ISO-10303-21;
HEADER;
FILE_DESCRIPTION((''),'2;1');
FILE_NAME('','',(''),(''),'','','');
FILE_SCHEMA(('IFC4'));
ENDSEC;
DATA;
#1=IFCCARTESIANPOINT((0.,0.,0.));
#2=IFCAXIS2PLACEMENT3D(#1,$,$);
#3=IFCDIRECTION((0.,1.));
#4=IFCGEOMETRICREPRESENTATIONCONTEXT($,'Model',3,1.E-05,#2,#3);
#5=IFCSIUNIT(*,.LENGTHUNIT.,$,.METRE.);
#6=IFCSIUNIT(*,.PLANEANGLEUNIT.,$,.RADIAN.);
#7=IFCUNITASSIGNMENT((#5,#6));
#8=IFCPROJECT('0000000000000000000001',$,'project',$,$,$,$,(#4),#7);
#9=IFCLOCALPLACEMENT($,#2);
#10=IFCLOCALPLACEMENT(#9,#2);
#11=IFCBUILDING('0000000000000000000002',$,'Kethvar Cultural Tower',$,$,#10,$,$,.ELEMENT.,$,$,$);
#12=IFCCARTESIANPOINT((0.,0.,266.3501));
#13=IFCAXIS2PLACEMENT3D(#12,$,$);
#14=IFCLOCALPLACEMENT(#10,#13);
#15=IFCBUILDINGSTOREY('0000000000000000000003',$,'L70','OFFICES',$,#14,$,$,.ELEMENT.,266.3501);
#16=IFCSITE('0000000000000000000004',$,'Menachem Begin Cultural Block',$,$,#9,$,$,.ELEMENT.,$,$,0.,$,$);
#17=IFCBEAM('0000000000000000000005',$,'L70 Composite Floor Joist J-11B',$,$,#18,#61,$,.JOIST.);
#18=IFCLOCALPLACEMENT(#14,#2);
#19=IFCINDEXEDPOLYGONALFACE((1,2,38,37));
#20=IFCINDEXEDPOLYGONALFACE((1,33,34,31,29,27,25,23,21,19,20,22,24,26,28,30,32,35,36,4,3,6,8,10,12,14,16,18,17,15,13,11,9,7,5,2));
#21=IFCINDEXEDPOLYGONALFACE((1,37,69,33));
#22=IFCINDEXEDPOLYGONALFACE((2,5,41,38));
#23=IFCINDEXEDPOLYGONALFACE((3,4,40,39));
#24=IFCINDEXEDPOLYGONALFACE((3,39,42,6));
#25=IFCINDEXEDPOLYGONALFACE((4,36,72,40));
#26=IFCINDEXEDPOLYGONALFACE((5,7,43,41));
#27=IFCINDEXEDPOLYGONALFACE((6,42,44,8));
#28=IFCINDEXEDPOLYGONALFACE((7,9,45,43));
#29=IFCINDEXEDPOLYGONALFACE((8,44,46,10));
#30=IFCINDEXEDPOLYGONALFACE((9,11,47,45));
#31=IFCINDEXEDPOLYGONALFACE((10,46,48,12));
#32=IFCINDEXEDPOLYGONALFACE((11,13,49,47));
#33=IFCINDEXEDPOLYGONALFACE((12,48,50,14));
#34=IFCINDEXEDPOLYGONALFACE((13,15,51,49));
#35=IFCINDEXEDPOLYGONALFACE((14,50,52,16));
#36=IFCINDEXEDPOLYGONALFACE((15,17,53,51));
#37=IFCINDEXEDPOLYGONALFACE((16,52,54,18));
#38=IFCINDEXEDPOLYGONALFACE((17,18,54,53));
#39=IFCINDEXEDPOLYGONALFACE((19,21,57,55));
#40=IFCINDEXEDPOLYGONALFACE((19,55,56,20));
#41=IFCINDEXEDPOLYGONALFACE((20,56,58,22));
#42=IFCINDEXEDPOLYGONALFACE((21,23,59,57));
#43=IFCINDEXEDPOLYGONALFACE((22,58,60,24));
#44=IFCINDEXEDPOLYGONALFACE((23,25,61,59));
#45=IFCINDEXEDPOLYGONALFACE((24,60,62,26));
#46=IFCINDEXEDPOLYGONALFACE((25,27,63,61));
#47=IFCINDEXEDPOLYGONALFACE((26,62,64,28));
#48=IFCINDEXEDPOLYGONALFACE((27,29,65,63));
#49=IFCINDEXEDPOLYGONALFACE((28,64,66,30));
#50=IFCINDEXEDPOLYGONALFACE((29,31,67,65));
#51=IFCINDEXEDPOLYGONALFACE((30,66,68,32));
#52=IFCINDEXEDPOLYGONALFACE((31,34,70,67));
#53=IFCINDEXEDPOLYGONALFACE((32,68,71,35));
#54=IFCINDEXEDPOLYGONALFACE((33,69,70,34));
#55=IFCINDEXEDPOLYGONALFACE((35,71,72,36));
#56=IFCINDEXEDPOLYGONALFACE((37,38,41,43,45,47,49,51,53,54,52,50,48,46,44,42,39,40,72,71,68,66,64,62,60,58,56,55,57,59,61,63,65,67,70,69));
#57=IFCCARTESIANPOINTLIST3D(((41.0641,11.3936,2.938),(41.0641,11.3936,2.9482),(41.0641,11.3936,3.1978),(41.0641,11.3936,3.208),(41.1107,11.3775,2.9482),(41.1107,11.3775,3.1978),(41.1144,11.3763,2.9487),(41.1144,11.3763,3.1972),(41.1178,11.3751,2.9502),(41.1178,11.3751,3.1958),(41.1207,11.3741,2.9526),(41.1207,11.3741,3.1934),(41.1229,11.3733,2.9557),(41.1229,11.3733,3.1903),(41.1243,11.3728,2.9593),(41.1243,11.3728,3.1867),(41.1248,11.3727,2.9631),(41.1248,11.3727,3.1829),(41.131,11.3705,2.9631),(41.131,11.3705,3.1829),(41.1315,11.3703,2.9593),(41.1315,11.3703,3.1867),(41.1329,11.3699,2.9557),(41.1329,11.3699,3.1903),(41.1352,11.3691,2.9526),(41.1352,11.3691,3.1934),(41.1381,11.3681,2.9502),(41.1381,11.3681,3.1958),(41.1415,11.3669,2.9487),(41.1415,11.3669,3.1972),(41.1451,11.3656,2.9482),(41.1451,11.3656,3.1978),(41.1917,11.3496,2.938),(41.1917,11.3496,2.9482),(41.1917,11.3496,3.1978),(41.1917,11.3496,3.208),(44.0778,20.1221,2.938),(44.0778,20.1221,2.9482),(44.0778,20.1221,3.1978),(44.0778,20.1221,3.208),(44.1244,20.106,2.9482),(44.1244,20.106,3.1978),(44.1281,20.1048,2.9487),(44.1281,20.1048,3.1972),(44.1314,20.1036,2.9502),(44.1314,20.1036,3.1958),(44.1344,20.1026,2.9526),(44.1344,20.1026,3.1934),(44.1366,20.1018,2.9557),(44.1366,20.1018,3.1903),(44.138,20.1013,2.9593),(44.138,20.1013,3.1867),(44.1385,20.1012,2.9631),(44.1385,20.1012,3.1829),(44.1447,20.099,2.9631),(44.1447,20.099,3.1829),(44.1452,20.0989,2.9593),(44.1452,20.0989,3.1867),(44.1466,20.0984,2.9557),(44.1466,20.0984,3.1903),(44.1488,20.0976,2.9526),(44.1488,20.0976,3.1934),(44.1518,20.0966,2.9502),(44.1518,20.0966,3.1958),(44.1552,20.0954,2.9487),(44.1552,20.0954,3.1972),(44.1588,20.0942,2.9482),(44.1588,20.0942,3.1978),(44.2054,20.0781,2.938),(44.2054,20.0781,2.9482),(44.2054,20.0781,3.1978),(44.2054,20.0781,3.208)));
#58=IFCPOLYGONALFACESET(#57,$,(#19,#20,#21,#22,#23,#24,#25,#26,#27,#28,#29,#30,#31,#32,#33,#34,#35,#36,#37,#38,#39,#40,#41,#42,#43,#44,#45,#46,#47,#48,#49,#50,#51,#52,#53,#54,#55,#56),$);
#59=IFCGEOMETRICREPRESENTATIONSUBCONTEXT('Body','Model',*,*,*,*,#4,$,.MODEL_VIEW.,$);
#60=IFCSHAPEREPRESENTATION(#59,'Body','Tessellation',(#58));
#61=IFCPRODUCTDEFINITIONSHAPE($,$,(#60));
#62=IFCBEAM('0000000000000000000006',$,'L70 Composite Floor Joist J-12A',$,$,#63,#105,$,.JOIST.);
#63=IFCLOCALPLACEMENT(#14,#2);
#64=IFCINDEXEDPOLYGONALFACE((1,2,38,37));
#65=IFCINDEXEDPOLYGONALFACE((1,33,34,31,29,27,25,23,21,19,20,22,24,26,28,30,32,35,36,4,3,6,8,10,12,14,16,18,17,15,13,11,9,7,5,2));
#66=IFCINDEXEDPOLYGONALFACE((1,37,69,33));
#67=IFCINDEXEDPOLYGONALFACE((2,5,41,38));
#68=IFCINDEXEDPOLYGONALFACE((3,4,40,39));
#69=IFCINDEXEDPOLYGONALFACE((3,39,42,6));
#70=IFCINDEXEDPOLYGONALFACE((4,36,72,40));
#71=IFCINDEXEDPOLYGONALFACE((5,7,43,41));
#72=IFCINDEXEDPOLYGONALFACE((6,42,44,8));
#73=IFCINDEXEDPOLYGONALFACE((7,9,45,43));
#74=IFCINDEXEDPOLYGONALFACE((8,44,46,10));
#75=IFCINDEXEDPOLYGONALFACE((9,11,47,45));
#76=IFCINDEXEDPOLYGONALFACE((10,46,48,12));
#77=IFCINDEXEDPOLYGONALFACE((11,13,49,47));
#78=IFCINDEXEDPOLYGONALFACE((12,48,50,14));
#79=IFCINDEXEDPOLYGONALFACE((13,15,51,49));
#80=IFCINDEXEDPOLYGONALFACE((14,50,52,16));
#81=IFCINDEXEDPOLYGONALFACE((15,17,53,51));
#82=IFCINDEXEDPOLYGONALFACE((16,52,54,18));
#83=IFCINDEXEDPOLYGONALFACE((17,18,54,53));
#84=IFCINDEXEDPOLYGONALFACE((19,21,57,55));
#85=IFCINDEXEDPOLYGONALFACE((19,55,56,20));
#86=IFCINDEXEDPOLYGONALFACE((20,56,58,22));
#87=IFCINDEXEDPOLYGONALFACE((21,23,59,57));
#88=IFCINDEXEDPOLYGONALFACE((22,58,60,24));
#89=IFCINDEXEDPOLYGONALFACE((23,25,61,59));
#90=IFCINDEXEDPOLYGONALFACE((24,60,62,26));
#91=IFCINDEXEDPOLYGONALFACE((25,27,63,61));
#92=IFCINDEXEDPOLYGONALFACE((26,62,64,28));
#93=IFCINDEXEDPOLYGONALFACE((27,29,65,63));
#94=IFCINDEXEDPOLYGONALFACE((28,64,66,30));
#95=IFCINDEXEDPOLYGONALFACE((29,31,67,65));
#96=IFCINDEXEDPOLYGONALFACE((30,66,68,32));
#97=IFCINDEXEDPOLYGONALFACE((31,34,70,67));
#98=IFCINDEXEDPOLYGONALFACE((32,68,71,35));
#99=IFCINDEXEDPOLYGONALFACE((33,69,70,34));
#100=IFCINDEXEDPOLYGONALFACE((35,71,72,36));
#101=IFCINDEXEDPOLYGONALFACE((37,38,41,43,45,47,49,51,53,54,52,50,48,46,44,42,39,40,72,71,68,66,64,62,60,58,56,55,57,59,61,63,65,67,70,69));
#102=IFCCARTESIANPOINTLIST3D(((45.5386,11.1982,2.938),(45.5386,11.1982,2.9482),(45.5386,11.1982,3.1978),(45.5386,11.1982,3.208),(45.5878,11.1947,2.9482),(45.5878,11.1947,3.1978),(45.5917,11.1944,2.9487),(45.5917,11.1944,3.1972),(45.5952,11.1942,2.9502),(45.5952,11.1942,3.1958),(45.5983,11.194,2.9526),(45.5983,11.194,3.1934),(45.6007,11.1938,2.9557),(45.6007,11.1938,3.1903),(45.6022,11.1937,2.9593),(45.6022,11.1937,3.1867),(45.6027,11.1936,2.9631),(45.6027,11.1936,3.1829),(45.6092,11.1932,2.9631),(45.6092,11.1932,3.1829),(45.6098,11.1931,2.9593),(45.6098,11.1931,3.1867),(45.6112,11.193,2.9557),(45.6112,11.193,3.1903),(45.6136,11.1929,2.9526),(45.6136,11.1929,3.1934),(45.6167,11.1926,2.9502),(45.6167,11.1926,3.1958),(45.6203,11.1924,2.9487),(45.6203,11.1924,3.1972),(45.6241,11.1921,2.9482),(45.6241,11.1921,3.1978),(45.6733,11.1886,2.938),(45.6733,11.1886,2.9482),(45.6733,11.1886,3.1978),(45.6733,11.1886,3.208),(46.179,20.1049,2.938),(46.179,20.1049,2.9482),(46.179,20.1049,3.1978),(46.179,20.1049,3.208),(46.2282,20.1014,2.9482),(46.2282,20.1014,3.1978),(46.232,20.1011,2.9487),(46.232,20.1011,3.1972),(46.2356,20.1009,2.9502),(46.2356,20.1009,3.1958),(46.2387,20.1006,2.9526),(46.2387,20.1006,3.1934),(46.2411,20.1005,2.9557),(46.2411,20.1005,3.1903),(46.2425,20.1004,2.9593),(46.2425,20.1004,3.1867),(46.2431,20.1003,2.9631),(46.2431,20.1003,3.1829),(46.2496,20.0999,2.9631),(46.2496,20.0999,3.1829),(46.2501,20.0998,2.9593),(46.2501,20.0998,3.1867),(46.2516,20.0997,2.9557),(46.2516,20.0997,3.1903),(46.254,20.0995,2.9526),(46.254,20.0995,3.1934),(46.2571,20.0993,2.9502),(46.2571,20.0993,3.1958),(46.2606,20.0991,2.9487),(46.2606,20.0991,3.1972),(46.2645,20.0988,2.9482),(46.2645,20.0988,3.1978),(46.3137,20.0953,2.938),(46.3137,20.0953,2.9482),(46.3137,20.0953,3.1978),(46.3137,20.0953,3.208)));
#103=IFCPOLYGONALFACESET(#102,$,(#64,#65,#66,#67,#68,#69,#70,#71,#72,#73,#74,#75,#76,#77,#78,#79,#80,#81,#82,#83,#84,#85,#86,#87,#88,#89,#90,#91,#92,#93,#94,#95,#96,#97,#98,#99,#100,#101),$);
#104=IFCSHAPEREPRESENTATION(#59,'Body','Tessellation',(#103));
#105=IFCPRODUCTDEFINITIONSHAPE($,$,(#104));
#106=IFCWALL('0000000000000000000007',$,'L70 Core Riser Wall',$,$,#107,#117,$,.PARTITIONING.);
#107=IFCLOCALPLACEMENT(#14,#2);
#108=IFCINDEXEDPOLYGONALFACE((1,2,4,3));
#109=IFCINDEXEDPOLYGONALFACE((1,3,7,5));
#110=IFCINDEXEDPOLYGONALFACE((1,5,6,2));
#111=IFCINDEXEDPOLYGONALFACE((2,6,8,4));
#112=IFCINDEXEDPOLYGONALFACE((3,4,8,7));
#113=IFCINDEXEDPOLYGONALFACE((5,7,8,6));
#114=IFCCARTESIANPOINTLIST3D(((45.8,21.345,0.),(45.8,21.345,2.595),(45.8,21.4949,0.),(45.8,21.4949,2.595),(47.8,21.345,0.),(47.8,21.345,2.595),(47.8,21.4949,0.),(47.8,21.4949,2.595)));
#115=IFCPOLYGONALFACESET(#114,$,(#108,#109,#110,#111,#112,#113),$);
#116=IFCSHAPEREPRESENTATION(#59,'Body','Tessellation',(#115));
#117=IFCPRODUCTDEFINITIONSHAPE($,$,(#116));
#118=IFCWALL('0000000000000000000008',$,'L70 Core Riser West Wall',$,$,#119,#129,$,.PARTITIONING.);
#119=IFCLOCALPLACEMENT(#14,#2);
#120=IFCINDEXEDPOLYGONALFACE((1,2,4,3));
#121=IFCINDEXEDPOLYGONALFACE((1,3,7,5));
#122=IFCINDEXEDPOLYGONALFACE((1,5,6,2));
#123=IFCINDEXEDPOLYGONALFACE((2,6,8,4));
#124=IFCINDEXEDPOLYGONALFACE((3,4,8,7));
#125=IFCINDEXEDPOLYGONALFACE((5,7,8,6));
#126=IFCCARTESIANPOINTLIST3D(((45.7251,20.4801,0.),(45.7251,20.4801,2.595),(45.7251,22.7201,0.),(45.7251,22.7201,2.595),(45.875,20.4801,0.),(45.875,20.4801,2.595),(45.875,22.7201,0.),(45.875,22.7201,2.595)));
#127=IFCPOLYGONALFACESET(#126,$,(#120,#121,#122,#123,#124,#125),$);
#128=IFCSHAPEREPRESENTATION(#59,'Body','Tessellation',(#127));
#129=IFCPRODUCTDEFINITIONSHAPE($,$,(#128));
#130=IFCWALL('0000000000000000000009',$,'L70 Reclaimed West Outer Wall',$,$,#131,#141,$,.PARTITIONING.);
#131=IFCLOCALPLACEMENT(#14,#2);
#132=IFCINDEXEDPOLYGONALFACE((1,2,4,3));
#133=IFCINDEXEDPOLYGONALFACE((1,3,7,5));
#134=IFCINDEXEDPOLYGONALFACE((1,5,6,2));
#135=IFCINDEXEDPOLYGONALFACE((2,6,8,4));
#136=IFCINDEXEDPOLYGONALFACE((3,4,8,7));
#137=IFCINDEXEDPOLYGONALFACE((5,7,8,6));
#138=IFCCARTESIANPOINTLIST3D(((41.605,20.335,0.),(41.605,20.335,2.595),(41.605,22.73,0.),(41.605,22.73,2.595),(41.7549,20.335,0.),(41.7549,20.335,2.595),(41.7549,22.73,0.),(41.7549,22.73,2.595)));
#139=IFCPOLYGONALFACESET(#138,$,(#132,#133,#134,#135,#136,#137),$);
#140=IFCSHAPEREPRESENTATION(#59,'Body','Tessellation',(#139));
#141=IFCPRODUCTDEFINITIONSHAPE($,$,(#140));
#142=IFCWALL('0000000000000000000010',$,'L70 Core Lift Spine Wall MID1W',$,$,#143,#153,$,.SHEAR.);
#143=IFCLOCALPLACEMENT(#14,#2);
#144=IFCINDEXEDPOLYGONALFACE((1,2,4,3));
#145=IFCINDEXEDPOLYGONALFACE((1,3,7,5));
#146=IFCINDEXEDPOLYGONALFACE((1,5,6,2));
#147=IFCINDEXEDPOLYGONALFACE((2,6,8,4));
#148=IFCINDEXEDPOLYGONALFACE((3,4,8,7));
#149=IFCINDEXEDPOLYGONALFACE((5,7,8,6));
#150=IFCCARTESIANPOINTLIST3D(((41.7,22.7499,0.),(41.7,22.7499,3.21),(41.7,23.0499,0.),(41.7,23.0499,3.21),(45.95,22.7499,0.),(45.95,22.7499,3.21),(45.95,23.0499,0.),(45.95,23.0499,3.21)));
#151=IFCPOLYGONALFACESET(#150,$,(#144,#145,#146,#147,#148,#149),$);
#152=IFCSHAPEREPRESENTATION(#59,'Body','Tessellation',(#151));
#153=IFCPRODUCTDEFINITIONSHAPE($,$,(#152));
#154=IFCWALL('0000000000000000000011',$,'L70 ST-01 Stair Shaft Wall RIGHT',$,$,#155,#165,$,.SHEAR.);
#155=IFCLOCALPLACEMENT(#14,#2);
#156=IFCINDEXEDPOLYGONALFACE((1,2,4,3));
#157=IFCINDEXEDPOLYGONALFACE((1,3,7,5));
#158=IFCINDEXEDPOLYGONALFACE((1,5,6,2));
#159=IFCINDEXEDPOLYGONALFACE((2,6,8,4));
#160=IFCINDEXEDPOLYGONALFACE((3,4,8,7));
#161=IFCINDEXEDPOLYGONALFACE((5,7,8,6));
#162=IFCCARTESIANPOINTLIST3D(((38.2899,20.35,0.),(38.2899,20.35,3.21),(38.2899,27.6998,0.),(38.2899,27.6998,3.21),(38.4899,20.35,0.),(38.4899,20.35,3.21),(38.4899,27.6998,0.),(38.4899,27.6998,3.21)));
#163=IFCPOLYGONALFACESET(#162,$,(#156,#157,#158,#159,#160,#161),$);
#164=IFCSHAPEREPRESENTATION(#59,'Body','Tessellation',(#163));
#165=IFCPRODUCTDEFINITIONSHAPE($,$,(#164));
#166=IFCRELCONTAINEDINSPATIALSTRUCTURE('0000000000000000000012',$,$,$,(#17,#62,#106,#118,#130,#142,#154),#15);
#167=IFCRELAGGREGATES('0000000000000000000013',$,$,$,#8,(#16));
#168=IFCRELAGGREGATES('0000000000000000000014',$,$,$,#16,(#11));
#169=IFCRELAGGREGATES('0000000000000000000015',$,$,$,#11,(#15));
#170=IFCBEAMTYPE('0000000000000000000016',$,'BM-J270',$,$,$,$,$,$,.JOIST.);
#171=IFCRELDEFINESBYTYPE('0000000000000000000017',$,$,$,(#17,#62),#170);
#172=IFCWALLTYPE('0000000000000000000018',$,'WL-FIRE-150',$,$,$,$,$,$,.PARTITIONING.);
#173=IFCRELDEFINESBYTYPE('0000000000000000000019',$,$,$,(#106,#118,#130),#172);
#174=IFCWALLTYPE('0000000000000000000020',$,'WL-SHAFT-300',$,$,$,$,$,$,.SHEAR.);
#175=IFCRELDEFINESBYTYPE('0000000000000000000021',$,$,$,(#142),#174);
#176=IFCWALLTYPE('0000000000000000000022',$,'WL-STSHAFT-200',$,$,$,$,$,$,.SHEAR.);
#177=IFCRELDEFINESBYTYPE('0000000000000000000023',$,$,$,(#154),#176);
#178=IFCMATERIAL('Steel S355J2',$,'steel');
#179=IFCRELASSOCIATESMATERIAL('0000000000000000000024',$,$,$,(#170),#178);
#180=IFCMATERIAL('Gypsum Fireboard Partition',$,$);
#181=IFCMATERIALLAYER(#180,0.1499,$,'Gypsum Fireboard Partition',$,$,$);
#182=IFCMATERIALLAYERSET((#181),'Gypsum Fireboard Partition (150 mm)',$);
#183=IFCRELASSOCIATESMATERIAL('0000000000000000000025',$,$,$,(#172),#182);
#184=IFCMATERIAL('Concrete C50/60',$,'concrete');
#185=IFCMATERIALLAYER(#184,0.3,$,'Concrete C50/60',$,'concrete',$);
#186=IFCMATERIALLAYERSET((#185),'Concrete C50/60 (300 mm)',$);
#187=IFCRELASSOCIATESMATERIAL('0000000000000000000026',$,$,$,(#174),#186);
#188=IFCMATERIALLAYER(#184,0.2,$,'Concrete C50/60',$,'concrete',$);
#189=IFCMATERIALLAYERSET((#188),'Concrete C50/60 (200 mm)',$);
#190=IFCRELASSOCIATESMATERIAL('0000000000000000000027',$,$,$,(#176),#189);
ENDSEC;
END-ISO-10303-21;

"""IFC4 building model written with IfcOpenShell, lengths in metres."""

from ifc_helpers import new_model, si_unit, direction, frame, frame_2d, origin, origin_2d, place, context, subcontext, project, spatial, rectangle, i_section, extrude, source, transform, mapped, material, layer, layer_set, material_profile, profile_set, type_object, element, save


model = new_model("IFC4")

# Units and contexts
model_context = context("Model", 3, precision=1e-05, world=origin(), true_north=direction((0.0, 1.0)))
body_context = subcontext(model_context, "Body", "Model", "MODEL_VIEW")
ifc_project = project(units=[si_unit("LENGTHUNIT", "METRE"), si_unit("PLANEANGLEUNIT", "RADIAN")], contexts=[model_context])

# Site, building, storey
site_placement = place(None, origin())
site = spatial("IfcSite", under=ifc_project, at=site_placement, Name="Menachem Begin Cultural Block", CompositionType="ELEMENT", RefElevation=0.0)
building_placement = place(site_placement, origin())
building = spatial("IfcBuilding", under=site, at=building_placement, Name="Kethvar Cultural Tower", CompositionType="ELEMENT")
storey_placement = place(building_placement, frame((0.0, 0.0, 266.3501)))
storey = spatial("IfcBuildingStorey", under=building, at=storey_placement, Name="L70", Description="OFFICES", CompositionType="ELEMENT", Elevation=266.3501)

# Beams
ifc_material_1 = material(Name="Steel S355J2", Category="steel")
ifc_material_profile_1 = material_profile(ifc_material_1, i_section(OverallWidth=0.135, OverallDepth=0.27, WebThickness=0.0066, FlangeThickness=0.0103, FilletRadius=0.0149, at=origin_2d()), Name="Steel S355J2 — IPE270")
ifc_profile_set_1 = profile_set([ifc_material_profile_1], Name="Steel S355J2 — IPE270")
beam_type_1 = type_object("IfcBeamType", Name="BM-J270", PredefinedType="JOIST", material=ifc_profile_set_1)
shared_shape_1 = source(origin(), body_context, "Body", "SweptSolid", [
    extrude(i_section(OverallWidth=0.135, OverallDepth=0.27, WebThickness=0.0066, FlangeThickness=0.0103, FilletRadius=0.0149, at=origin_2d()), origin(), (0.0, 0.0, 1.0), 9.2341),
])
beam_1_placement = place(storey_placement, frame((44.1416, 20.1001, 3.073), z_axis=(-0.326362, -0.945245, 0.0), x_axis=(0.945245, -0.326362, 0.0)))
element("IfcBeam", 1, at=beam_1_placement, inside=storey, type_object=beam_type_1, Name="L70 Composite Floor Joist J-11B", PredefinedType="JOIST", context=body_context, shape_type="MappedRepresentation", body=[
    mapped(shared_shape_1, transform((0.0, 0.0, 0.0), scale=1.0)),
])
shared_shape_2 = source(origin(), body_context, "Body", "SweptSolid", [
    extrude(i_section(OverallWidth=0.135, OverallDepth=0.27, WebThickness=0.0066, FlangeThickness=0.0103, FilletRadius=0.0149, at=origin_2d()), origin(), (0.0, 0.0, 1.0), 8.9297),
])
beam_2_placement = place(storey_placement, frame((46.2463, 20.1001, 3.073), z_axis=(-0.071713, -0.997425, 0.0), x_axis=(0.997425, -0.071713, 0.0)))
element("IfcBeam", 2, at=beam_2_placement, inside=storey, type_object=beam_type_1, Name="L70 Composite Floor Joist J-12A", PredefinedType="JOIST", context=body_context, shape_type="MappedRepresentation", body=[
    mapped(shared_shape_2, transform((0.0, 0.0, 0.0), scale=1.0)),
])

# Shared definitions
ifc_material_2 = material(Name="Concrete C50/60", Category="concrete")

# Walls
ifc_material_3 = material(Name="Gypsum Fireboard Partition")
ifc_layer_1 = layer(ifc_material_3, 0.1499, Name="Gypsum Fireboard Partition")
ifc_layer_set_1 = layer_set([ifc_layer_1], Name="Gypsum Fireboard Partition (150 mm)")
wall_type_1 = type_object("IfcWallType", Name="WL-FIRE-150", PredefinedType="PARTITIONING", material=ifc_layer_set_1)
wall_1_placement = place(storey_placement, frame((45.8, 21.4199, 0.0), z_axis=(0.0, 0.0, 1.0), x_axis=(1.0, 0.0, 0.0)))
element("IfcWall", 3, at=wall_1_placement, inside=storey, type_object=wall_type_1, Name="L70 Core Riser Wall", PredefinedType="PARTITIONING", context=body_context, shape_type="SweptSolid", body=[
    extrude(rectangle(XDim=2.0, YDim=0.1499, at=frame_2d((1.0, 0.0))), origin(), (0.0, 0.0, 1.0), 2.595),
])
wall_2_placement = place(storey_placement, frame((45.8, 20.48, 0.0), z_axis=(0.0, 0.0, 1.0), x_axis=(0.0, 1.0, 0.0)))
element("IfcWall", 4, at=wall_2_placement, inside=storey, type_object=wall_type_1, Name="L70 Core Riser West Wall", PredefinedType="PARTITIONING", context=body_context, shape_type="SweptSolid", body=[
    extrude(rectangle(XDim=2.24, YDim=0.1499, at=frame_2d((1.1201, 0.0))), origin(), (0.0, 0.0, 1.0), 2.595),
])
wall_3_placement = place(storey_placement, frame((41.6799, 20.335, 0.0), z_axis=(0.0, 0.0, 1.0), x_axis=(0.0, 1.0, 0.0)))
element("IfcWall", 5, at=wall_3_placement, inside=storey, type_object=wall_type_1, Name="L70 Reclaimed West Outer Wall", PredefinedType="PARTITIONING", context=body_context, shape_type="SweptSolid", body=[
    extrude(rectangle(XDim=2.395, YDim=0.1499, at=frame_2d((1.1975, 0.0))), origin(), (0.0, 0.0, 1.0), 2.595),
])
ifc_layer_2 = layer(ifc_material_2, 0.3, Name="Concrete C50/60", Category="concrete")
ifc_layer_set_2 = layer_set([ifc_layer_2], Name="Concrete C50/60 (300 mm)")
wall_type_2 = type_object("IfcWallType", Name="WL-SHAFT-300", PredefinedType="SHEAR", material=ifc_layer_set_2)
wall_4_placement = place(storey_placement, frame((41.7, 22.8999, 0.0), z_axis=(0.0, 0.0, 1.0), x_axis=(1.0, 0.0, 0.0)))
element("IfcWall", 6, at=wall_4_placement, inside=storey, type_object=wall_type_2, Name="L70 Core Lift Spine Wall MID1W", PredefinedType="SHEAR", context=body_context, shape_type="SweptSolid", body=[
    extrude(rectangle(XDim=4.25, YDim=0.3, at=frame_2d((2.125, 0.0))), origin(), (0.0, 0.0, 1.0), 3.21),
])

# Wall
ifc_layer_3 = layer(ifc_material_2, 0.2, Name="Concrete C50/60", Category="concrete")
ifc_layer_set_3 = layer_set([ifc_layer_3], Name="Concrete C50/60 (200 mm)")
wall_type_3 = type_object("IfcWallType", Name="WL-STSHAFT-200", PredefinedType="SHEAR", material=ifc_layer_set_3)
wall_5_placement = place(storey_placement, frame((38.3899, 20.3501, 0.0), z_axis=(0.0, 0.0, 1.0), x_axis=(0.0, 1.0, 0.0)))
element("IfcWall", 7, at=wall_5_placement, inside=storey, type_object=wall_type_3, Name="L70 ST-01 Stair Shaft Wall RIGHT", PredefinedType="SHEAR", context=body_context, shape_type="SweptSolid", body=[
    extrude(rectangle(XDim=7.3499, YDim=0.2, at=frame_2d((3.6748, 0.0))), origin(), (0.0, 0.0, 1.0), 3.21),
])

save(model, "model.ifc")
